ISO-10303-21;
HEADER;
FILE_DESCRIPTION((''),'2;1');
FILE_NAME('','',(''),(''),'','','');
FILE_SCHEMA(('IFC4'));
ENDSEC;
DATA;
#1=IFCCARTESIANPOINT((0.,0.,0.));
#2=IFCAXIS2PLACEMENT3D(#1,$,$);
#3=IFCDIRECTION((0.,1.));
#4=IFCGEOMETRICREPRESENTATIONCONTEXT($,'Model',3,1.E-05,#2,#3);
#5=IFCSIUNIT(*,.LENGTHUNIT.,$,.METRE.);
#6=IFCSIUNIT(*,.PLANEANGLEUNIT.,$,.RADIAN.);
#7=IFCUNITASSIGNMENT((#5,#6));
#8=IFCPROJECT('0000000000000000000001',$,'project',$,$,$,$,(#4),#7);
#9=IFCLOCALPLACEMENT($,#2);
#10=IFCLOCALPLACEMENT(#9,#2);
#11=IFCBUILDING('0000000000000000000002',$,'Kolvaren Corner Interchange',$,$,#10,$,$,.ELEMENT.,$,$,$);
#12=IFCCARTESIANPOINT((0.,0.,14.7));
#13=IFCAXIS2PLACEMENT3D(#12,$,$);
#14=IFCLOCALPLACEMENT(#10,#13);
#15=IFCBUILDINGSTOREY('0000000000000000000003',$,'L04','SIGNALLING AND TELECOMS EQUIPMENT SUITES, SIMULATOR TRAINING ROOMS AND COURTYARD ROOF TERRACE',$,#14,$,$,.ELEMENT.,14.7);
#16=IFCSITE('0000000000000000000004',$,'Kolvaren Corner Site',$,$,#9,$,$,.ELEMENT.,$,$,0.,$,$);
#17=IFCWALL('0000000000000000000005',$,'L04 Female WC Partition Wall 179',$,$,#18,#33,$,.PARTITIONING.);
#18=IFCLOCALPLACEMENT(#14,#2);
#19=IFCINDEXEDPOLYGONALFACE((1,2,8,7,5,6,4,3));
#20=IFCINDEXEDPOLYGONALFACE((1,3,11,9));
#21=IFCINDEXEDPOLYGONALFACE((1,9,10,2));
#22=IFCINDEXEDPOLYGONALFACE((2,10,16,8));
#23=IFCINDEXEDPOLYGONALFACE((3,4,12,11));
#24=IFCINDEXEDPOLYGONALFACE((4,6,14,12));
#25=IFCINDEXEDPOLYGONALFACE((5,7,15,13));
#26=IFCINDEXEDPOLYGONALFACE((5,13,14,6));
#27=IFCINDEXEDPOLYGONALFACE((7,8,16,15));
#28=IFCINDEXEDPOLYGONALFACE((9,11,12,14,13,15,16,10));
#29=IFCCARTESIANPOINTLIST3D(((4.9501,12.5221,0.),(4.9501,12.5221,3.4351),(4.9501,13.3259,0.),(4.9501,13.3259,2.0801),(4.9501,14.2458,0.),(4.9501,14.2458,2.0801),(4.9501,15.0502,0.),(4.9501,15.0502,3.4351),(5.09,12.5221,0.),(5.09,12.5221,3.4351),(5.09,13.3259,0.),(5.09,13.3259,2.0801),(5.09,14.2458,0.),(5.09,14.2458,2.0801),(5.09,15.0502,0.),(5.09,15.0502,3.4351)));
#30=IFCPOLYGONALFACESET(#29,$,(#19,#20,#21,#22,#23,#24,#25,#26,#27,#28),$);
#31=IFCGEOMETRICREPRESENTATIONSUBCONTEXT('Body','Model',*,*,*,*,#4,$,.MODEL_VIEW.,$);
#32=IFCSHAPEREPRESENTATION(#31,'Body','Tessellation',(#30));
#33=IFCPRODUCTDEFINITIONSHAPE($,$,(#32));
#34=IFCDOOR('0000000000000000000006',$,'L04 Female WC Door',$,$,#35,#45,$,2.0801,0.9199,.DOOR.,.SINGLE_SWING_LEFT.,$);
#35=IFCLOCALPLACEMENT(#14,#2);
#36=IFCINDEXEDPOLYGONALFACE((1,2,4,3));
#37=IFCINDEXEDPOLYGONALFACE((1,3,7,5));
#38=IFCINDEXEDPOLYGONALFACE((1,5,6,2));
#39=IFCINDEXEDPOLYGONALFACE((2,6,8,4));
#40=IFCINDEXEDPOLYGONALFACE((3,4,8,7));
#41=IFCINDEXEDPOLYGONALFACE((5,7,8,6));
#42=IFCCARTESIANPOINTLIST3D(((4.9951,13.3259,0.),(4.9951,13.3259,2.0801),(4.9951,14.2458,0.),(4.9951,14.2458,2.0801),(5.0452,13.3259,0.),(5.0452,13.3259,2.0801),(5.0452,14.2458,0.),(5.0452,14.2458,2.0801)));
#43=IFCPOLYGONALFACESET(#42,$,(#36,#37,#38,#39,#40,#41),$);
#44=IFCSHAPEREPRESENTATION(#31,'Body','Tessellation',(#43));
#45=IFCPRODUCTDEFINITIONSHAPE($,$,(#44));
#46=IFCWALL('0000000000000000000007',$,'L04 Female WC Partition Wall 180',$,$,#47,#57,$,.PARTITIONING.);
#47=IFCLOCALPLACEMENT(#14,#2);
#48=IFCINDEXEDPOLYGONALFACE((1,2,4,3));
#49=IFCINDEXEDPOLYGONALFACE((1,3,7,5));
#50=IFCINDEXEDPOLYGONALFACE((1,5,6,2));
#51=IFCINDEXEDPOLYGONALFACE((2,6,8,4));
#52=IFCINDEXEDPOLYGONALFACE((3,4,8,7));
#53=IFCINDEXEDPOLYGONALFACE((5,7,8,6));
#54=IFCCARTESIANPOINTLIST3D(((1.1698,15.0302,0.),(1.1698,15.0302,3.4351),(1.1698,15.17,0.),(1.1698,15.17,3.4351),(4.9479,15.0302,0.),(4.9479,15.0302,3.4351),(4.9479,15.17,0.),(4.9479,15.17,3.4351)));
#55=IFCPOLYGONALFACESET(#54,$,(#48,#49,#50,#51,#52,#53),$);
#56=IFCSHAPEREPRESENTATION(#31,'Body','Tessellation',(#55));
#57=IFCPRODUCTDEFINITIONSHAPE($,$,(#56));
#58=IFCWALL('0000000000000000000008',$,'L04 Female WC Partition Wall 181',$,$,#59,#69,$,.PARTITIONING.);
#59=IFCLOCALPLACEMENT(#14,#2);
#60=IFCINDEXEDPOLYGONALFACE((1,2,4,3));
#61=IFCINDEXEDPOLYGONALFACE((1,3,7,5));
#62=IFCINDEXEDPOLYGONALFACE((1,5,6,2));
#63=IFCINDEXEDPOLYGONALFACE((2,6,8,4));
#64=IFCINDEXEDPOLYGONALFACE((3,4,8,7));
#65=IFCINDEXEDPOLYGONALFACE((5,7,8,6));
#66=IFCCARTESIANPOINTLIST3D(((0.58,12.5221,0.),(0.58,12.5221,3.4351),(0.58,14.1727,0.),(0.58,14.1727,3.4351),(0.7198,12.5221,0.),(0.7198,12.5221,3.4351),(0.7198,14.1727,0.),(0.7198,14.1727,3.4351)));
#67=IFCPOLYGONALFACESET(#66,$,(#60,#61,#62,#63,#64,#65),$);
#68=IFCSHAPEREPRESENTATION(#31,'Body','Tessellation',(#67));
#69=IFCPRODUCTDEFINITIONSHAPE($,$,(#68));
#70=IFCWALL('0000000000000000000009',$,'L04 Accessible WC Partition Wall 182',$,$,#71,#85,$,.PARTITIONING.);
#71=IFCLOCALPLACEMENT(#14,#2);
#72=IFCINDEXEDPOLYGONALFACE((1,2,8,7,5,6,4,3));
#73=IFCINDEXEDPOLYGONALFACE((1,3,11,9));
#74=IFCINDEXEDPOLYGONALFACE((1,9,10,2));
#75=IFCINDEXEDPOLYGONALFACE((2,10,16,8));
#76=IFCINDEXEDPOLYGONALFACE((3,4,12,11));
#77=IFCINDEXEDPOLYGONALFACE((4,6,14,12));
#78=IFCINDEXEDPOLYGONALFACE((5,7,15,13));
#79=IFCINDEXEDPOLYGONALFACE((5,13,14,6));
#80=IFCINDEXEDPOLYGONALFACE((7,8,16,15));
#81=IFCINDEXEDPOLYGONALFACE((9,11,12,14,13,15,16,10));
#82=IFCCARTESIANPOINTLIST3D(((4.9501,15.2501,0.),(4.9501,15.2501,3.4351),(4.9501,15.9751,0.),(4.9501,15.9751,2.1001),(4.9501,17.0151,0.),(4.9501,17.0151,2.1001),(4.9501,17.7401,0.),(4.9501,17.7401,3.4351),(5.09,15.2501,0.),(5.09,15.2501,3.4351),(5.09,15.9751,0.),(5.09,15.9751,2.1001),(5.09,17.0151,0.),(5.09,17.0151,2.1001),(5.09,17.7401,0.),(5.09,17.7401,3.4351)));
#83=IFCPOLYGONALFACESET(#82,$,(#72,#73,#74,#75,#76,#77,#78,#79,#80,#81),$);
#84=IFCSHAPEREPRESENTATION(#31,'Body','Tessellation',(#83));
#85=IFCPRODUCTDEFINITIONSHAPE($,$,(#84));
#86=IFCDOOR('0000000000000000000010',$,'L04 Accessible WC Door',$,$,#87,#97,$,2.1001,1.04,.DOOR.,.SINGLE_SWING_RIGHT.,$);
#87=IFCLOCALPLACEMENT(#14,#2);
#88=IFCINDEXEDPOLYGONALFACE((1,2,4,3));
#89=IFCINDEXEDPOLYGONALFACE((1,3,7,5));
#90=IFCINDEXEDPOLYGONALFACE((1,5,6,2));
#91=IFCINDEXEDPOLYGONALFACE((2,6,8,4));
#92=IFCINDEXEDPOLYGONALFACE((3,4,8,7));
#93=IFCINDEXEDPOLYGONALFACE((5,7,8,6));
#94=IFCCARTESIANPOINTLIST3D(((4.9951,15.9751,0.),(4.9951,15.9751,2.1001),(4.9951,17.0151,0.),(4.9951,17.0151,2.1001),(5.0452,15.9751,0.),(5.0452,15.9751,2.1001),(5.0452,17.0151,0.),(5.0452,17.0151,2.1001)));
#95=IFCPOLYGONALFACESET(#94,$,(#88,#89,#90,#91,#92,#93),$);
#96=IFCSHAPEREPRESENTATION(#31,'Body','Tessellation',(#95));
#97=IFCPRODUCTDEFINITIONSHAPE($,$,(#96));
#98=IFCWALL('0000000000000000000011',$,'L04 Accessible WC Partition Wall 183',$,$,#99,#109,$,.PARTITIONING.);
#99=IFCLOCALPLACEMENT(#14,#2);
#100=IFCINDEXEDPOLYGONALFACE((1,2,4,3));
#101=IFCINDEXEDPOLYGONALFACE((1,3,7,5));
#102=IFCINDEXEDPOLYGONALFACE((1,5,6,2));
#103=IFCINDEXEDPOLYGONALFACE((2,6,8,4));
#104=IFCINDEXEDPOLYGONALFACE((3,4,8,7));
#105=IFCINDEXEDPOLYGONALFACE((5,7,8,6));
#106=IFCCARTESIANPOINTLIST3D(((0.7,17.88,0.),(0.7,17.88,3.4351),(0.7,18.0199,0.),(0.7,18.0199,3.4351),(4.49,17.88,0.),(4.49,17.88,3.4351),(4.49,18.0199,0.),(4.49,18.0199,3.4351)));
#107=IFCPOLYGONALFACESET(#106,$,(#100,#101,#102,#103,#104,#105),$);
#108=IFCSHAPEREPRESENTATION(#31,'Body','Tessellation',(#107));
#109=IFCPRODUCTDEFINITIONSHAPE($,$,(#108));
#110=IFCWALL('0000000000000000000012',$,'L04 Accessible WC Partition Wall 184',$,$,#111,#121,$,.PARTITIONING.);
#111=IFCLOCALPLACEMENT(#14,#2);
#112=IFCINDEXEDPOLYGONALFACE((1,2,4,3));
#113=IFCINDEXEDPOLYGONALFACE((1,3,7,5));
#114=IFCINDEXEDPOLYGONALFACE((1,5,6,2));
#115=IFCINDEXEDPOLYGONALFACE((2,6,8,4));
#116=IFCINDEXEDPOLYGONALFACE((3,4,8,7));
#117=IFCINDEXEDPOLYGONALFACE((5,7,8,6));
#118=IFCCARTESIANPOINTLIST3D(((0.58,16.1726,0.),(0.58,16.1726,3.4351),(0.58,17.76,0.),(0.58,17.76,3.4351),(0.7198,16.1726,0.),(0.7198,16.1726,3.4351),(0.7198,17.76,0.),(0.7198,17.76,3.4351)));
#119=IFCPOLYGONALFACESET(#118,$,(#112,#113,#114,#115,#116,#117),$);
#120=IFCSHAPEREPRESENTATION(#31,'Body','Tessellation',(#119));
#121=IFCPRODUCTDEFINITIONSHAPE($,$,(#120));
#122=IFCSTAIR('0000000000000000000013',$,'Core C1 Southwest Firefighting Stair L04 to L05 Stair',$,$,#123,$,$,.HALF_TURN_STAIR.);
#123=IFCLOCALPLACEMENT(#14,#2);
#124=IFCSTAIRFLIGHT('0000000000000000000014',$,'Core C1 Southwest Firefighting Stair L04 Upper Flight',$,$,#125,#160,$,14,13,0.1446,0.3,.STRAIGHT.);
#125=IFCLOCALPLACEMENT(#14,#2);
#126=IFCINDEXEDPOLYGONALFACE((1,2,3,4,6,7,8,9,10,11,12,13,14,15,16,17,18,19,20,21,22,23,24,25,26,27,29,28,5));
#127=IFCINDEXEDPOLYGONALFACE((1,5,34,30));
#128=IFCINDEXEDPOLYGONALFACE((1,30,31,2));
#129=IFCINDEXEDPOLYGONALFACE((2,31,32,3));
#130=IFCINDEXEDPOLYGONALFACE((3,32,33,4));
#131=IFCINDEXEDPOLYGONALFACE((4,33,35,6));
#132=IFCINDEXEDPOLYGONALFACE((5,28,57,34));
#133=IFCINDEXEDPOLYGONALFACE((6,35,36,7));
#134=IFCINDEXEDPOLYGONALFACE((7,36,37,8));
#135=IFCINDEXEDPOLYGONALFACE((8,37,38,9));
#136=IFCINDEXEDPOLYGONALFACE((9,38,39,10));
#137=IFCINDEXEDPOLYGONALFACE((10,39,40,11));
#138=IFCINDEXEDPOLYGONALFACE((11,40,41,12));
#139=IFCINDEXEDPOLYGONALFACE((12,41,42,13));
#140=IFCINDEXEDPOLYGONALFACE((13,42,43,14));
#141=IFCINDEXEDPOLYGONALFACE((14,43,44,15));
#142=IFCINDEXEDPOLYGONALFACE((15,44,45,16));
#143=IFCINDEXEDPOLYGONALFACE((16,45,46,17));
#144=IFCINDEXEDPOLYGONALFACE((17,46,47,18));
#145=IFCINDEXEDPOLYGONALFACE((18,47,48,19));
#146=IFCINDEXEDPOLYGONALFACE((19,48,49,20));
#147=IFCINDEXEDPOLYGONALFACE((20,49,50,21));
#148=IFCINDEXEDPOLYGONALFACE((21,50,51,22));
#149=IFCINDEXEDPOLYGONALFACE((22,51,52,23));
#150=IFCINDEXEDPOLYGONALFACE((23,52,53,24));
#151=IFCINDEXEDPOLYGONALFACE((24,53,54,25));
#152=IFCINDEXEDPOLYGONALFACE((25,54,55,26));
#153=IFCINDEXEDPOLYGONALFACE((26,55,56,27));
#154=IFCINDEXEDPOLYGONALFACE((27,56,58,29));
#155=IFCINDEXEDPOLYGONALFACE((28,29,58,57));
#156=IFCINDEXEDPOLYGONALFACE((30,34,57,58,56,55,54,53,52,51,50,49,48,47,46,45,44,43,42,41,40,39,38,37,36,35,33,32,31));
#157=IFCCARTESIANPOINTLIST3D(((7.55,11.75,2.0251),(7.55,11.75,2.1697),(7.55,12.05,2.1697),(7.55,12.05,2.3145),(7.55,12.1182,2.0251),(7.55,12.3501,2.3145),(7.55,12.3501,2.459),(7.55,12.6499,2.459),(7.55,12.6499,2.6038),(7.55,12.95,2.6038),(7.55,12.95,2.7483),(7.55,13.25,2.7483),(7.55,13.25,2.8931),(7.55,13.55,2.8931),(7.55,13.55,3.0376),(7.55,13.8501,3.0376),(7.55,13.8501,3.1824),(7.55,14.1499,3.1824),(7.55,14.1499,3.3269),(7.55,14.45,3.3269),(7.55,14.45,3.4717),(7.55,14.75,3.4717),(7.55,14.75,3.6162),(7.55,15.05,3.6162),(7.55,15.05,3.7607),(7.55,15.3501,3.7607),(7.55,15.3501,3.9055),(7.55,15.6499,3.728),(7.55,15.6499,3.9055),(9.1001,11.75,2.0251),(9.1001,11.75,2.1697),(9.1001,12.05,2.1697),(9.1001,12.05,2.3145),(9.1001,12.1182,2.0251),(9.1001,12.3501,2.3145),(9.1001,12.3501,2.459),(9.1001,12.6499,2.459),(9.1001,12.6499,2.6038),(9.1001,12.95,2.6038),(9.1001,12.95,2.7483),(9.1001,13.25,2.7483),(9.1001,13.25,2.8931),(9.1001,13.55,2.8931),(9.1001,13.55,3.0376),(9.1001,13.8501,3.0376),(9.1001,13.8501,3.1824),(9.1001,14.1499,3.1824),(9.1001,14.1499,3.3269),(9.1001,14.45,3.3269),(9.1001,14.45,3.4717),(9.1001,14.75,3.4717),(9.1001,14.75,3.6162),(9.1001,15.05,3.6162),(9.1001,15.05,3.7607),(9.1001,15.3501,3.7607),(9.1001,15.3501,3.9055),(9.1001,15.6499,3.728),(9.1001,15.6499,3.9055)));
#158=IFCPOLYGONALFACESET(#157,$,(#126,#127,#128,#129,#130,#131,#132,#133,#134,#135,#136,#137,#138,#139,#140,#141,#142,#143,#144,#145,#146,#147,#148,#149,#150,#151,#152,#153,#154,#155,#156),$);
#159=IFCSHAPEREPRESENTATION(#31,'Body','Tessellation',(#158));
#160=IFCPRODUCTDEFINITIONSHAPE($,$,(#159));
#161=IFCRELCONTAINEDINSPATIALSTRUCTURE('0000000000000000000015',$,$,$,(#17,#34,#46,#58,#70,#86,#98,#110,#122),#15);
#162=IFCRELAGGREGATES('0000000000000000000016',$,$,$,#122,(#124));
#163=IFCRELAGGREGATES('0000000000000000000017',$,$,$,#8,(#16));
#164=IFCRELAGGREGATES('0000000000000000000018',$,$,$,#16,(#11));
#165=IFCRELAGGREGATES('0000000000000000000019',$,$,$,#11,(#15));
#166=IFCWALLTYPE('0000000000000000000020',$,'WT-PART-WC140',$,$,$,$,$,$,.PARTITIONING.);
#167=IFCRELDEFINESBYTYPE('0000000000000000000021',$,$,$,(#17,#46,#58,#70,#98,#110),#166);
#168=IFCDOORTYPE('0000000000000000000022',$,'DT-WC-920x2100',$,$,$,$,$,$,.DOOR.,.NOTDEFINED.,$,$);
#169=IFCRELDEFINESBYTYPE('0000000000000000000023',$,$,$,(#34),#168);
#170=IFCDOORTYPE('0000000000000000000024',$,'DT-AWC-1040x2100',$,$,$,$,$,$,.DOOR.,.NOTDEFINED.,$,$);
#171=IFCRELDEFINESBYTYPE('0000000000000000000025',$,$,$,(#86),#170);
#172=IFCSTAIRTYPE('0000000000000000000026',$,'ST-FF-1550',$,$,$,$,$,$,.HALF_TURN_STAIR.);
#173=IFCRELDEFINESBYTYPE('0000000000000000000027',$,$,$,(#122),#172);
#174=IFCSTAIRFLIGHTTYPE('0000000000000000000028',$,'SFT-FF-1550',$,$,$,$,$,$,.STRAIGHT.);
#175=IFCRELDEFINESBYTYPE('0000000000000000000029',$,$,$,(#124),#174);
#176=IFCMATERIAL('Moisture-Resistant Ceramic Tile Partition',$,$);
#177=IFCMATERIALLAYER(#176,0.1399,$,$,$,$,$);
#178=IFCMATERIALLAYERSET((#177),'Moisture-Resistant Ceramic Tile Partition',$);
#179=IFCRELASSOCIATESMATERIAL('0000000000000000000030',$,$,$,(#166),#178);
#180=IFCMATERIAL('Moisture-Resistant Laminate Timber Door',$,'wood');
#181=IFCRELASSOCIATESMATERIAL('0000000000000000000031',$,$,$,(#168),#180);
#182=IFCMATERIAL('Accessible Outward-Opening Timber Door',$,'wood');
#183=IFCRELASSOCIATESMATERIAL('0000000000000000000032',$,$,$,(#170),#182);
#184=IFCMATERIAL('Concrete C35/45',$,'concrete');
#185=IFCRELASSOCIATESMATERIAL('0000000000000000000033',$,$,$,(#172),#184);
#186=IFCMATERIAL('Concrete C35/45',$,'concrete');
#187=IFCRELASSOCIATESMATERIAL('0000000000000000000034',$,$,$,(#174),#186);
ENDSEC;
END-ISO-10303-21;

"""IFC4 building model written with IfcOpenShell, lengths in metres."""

from ifc_helpers import new_model, si_unit, direction, frame, frame_2d, origin, place, context, subcontext, project, spatial, polyline, rectangle, outline, extrude, material, layer, layer_set, type_object, element, fill, aggregate, save


model = new_model("IFC4")

# Units and contexts
model_context = context("Model", 3, precision=1e-05, world=origin(), true_north=direction((0.0, 1.0)))
body_context = subcontext(model_context, "Body", "Model", "MODEL_VIEW")
ifc_project = project(units=[si_unit("LENGTHUNIT", "METRE"), si_unit("PLANEANGLEUNIT", "RADIAN")], contexts=[model_context])

# Site, building, storey
site_placement = place(None, origin())
site = spatial("IfcSite", under=ifc_project, at=site_placement, Name="Kolvaren Corner Site", CompositionType="ELEMENT", RefElevation=0.0)
building_placement = place(site_placement, origin())
building = spatial("IfcBuilding", under=site, at=building_placement, Name="Kolvaren Corner Interchange", CompositionType="ELEMENT")
storey_placement = place(building_placement, frame((0.0, 0.0, 14.7)))
storey = spatial("IfcBuildingStorey", under=building, at=storey_placement, Name="L04", Description="SIGNALLING AND TELECOMS EQUIPMENT SUITES, SIMULATOR TRAINING ROOMS AND COURTYARD ROOF TERRACE", CompositionType="ELEMENT", Elevation=14.7)

# Shared definitions
ifc_material_1 = material(Name="Moisture-Resistant Ceramic Tile Partition")
ifc_layer_1 = layer(ifc_material_1, 0.1399)
ifc_layer_set_1 = layer_set([ifc_layer_1], Name="Moisture-Resistant Ceramic Tile Partition")
wall_type_1 = type_object("IfcWallType", Name="WT-PART-WC140", PredefinedType="PARTITIONING", material=ifc_layer_set_1)

# Shared definitions
ifc_material_2 = material(Name="Moisture-Resistant Laminate Timber Door", Category="wood")
door_type_1 = type_object("IfcDoorType", Name="DT-WC-920x2100", OperationType="NOTDEFINED", PredefinedType="DOOR", material=ifc_material_2)

# Wall, opening, door
wall_1_placement = place(storey_placement, frame((5.02, 12.522, 0.0), z_axis=(0.0, 0.0, 1.0), x_axis=(0.0, 1.0, 0.0)))
wall_1 = element("IfcWall", 1, at=wall_1_placement, inside=storey, type_object=wall_type_1, Name="L04 Female WC Partition Wall 179", PredefinedType="PARTITIONING", context=body_context, shape_type="SweptSolid", body=[
    extrude(rectangle(XDim=2.5281, YDim=0.1399, at=frame_2d((1.2642, 0.0))), origin(), (0.0, 0.0, 1.0), 3.4351),
])
opening_1_placement = place(wall_1_placement, frame((0.804, 0.0, 0.0)))
opening_1 = element("IfcOpeningElement", 2, at=opening_1_placement, cuts=wall_1, PredefinedType="OPENING", context=body_context, shape_type="SweptSolid", body=[
    extrude(rectangle(XDim=0.9199, YDim=2.0801, at=frame_2d((0.46, 1.04))), frame((0.0, 0.0798, 0.0), z_axis=(0.0, -1.0, 0.0), x_axis=(1.0, 0.0, 0.0)), (0.0, 0.0, 1.0), 0.1599),
])
door_1_placement = place(opening_1_placement, origin())
door_1 = element("IfcDoor", 3, at=door_1_placement, inside=storey, type_object=door_type_1, Name="L04 Female WC Door", OperationType="SINGLE_SWING_LEFT", OverallHeight=2.0801, OverallWidth=0.9199, PredefinedType="DOOR", context=body_context, shape_type="SweptSolid", body=[
    extrude(rectangle(XDim=0.9199, YDim=2.0801, at=frame_2d((0.46, 1.04))), frame((0.0, 0.0249, 0.0), z_axis=(0.0, -1.0, 0.0), x_axis=(1.0, 0.0, 0.0)), (0.0, 0.0, 1.0), 0.05),
])
fill(opening_1, door_1)

# Walls
wall_2_placement = place(storey_placement, frame((4.948, 15.1001, 0.0), z_axis=(0.0, 0.0, 1.0), x_axis=(-1.0, 0.0, 0.0)))
element("IfcWall", 4, at=wall_2_placement, inside=storey, type_object=wall_type_1, Name="L04 Female WC Partition Wall 180", PredefinedType="PARTITIONING", context=body_context, shape_type="SweptSolid", body=[
    extrude(rectangle(XDim=3.7781, YDim=0.1399, at=frame_2d((1.8892, 0.0))), origin(), (0.0, 0.0, 1.0), 3.4351),
])
wall_3_placement = place(storey_placement, frame((0.6499, 14.1726, 0.0), z_axis=(0.0, 0.0, 1.0), x_axis=(0.0, -1.0, 0.0)))
element("IfcWall", 5, at=wall_3_placement, inside=storey, type_object=wall_type_1, Name="L04 Female WC Partition Wall 181", PredefinedType="PARTITIONING", context=body_context, shape_type="SweptSolid", body=[
    extrude(rectangle(XDim=1.6506, YDim=0.1399, at=frame_2d((0.8252, 0.0))), origin(), (0.0, 0.0, 1.0), 3.4351),
])

# Wall, opening, door
wall_4_placement = place(storey_placement, frame((5.02, 15.25, 0.0), z_axis=(0.0, 0.0, 1.0), x_axis=(0.0, 1.0, 0.0)))
wall_4 = element("IfcWall", 6, at=wall_4_placement, inside=storey, type_object=wall_type_1, Name="L04 Accessible WC Partition Wall 182", PredefinedType="PARTITIONING", context=body_context, shape_type="SweptSolid", body=[
    extrude(rectangle(XDim=2.49, YDim=0.1399, at=frame_2d((1.2451, 0.0))), origin(), (0.0, 0.0, 1.0), 3.4351),
])
opening_2_placement = place(wall_4_placement, frame((0.7251, 0.0, 0.0)))
opening_2 = element("IfcOpeningElement", 7, at=opening_2_placement, cuts=wall_4, PredefinedType="OPENING", context=body_context, shape_type="SweptSolid", body=[
    extrude(rectangle(XDim=1.04, YDim=2.1001, at=frame_2d((0.52, 1.05))), frame((0.0, 0.0798, 0.0), z_axis=(0.0, -1.0, 0.0), x_axis=(1.0, 0.0, 0.0)), (0.0, 0.0, 1.0), 0.1599),
])
ifc_material_3 = material(Name="Accessible Outward-Opening Timber Door", Category="wood")
door_type_2 = type_object("IfcDoorType", Name="DT-AWC-1040x2100", OperationType="NOTDEFINED", PredefinedType="DOOR", material=ifc_material_3)
door_2_placement = place(opening_2_placement, origin())
door_2 = element("IfcDoor", 8, at=door_2_placement, inside=storey, type_object=door_type_2, Name="L04 Accessible WC Door", OperationType="SINGLE_SWING_RIGHT", OverallHeight=2.1001, OverallWidth=1.04, PredefinedType="DOOR", context=body_context, shape_type="SweptSolid", body=[
    extrude(rectangle(XDim=1.04, YDim=2.1001, at=frame_2d((0.52, 1.05))), frame((0.0, 0.0249, 0.0), z_axis=(0.0, -1.0, 0.0), x_axis=(1.0, 0.0, 0.0)), (0.0, 0.0, 1.0), 0.05),
])
fill(opening_2, door_2)

# Walls
wall_5_placement = place(storey_placement, frame((4.49, 17.95, 0.0), z_axis=(0.0, 0.0, 1.0), x_axis=(-1.0, 0.0, 0.0)))
element("IfcWall", 9, at=wall_5_placement, inside=storey, type_object=wall_type_1, Name="L04 Accessible WC Partition Wall 183", PredefinedType="PARTITIONING", context=body_context, shape_type="SweptSolid", body=[
    extrude(rectangle(XDim=3.79, YDim=0.1399, at=frame_2d((1.895, 0.0))), origin(), (0.0, 0.0, 1.0), 3.4351),
])
wall_6_placement = place(storey_placement, frame((0.6499, 17.76, 0.0), z_axis=(0.0, 0.0, 1.0), x_axis=(0.0, -1.0, 0.0)))
element("IfcWall", 10, at=wall_6_placement, inside=storey, type_object=wall_type_1, Name="L04 Accessible WC Partition Wall 184", PredefinedType="PARTITIONING", context=body_context, shape_type="SweptSolid", body=[
    extrude(rectangle(XDim=1.5874, YDim=0.1399, at=frame_2d((0.7937, 0.0))), origin(), (0.0, 0.0, 1.0), 3.4351),
])

# Stair, stair flight
ifc_material_4 = material(Name="Concrete C35/45", Category="concrete")
stair_type = type_object("IfcStairType", Name="ST-FF-1550", PredefinedType="HALF_TURN_STAIR", material=ifc_material_4)
stair_placement = place(storey_placement, origin())
stair = element("IfcStair", 11, at=stair_placement, inside=storey, type_object=stair_type, Name="Core C1 Southwest Firefighting Stair L04 to L05 Stair", PredefinedType="HALF_TURN_STAIR")
ifc_material_5 = material(Name="Concrete C35/45", Category="concrete")
stair_flight_type = type_object("IfcStairFlightType", Name="SFT-FF-1550", PredefinedType="STRAIGHT", material=ifc_material_5)
stair_flight_placement = place(storey_placement, frame((8.325, 11.75, 2.0251), z_axis=(0.0, 0.0, 1.0), x_axis=(0.0, 1.0, 0.0)))
stair_flight = element("IfcStairFlight", 12, at=stair_flight_placement, type_object=stair_flight_type, Name="Core C1 Southwest Firefighting Stair L04 Upper Flight", NumberOfRisers=14, NumberOfTreads=13, PredefinedType="STRAIGHT", RiserHeight=0.1446, TreadLength=0.3, context=body_context, shape_type="SweptSolid", body=[
    extrude(outline(polyline([(0.0, 0.0), (0.0, 0.1445), (0.3, 0.1445), (0.3, 0.2893), (0.6001, 0.2893), (0.6001, 0.4338), (0.8999, 0.4338), (0.8999, 0.5786), (1.2, 0.5786), (1.2, 0.7231), (1.5, 0.7231), (1.5, 0.8679), (1.8, 0.8679), (1.8, 1.0125), (2.1001, 1.0125), (2.1001, 1.1572), (2.3999, 1.1572), (2.3999, 1.3018), (2.7, 1.3018), (2.7, 1.4465), (3.0, 1.4465), (3.0, 1.5911), (3.3, 1.5911), (3.3, 1.7356), (3.6001, 1.7356), (3.6001, 1.8804), (3.8999, 1.8804), (3.8999, 2.0249), (3.8999, 1.7029), (0.3682, 0.0), (0.0, 0.0)])), frame((0.0, 0.7749, 0.0), z_axis=(0.0, -1.0, 0.0), x_axis=(1.0, 0.0, 0.0)), (0.0, 0.0, 1.0), 1.55),
])
aggregate(stair, [stair_flight])

save(model, "model.ifc")
